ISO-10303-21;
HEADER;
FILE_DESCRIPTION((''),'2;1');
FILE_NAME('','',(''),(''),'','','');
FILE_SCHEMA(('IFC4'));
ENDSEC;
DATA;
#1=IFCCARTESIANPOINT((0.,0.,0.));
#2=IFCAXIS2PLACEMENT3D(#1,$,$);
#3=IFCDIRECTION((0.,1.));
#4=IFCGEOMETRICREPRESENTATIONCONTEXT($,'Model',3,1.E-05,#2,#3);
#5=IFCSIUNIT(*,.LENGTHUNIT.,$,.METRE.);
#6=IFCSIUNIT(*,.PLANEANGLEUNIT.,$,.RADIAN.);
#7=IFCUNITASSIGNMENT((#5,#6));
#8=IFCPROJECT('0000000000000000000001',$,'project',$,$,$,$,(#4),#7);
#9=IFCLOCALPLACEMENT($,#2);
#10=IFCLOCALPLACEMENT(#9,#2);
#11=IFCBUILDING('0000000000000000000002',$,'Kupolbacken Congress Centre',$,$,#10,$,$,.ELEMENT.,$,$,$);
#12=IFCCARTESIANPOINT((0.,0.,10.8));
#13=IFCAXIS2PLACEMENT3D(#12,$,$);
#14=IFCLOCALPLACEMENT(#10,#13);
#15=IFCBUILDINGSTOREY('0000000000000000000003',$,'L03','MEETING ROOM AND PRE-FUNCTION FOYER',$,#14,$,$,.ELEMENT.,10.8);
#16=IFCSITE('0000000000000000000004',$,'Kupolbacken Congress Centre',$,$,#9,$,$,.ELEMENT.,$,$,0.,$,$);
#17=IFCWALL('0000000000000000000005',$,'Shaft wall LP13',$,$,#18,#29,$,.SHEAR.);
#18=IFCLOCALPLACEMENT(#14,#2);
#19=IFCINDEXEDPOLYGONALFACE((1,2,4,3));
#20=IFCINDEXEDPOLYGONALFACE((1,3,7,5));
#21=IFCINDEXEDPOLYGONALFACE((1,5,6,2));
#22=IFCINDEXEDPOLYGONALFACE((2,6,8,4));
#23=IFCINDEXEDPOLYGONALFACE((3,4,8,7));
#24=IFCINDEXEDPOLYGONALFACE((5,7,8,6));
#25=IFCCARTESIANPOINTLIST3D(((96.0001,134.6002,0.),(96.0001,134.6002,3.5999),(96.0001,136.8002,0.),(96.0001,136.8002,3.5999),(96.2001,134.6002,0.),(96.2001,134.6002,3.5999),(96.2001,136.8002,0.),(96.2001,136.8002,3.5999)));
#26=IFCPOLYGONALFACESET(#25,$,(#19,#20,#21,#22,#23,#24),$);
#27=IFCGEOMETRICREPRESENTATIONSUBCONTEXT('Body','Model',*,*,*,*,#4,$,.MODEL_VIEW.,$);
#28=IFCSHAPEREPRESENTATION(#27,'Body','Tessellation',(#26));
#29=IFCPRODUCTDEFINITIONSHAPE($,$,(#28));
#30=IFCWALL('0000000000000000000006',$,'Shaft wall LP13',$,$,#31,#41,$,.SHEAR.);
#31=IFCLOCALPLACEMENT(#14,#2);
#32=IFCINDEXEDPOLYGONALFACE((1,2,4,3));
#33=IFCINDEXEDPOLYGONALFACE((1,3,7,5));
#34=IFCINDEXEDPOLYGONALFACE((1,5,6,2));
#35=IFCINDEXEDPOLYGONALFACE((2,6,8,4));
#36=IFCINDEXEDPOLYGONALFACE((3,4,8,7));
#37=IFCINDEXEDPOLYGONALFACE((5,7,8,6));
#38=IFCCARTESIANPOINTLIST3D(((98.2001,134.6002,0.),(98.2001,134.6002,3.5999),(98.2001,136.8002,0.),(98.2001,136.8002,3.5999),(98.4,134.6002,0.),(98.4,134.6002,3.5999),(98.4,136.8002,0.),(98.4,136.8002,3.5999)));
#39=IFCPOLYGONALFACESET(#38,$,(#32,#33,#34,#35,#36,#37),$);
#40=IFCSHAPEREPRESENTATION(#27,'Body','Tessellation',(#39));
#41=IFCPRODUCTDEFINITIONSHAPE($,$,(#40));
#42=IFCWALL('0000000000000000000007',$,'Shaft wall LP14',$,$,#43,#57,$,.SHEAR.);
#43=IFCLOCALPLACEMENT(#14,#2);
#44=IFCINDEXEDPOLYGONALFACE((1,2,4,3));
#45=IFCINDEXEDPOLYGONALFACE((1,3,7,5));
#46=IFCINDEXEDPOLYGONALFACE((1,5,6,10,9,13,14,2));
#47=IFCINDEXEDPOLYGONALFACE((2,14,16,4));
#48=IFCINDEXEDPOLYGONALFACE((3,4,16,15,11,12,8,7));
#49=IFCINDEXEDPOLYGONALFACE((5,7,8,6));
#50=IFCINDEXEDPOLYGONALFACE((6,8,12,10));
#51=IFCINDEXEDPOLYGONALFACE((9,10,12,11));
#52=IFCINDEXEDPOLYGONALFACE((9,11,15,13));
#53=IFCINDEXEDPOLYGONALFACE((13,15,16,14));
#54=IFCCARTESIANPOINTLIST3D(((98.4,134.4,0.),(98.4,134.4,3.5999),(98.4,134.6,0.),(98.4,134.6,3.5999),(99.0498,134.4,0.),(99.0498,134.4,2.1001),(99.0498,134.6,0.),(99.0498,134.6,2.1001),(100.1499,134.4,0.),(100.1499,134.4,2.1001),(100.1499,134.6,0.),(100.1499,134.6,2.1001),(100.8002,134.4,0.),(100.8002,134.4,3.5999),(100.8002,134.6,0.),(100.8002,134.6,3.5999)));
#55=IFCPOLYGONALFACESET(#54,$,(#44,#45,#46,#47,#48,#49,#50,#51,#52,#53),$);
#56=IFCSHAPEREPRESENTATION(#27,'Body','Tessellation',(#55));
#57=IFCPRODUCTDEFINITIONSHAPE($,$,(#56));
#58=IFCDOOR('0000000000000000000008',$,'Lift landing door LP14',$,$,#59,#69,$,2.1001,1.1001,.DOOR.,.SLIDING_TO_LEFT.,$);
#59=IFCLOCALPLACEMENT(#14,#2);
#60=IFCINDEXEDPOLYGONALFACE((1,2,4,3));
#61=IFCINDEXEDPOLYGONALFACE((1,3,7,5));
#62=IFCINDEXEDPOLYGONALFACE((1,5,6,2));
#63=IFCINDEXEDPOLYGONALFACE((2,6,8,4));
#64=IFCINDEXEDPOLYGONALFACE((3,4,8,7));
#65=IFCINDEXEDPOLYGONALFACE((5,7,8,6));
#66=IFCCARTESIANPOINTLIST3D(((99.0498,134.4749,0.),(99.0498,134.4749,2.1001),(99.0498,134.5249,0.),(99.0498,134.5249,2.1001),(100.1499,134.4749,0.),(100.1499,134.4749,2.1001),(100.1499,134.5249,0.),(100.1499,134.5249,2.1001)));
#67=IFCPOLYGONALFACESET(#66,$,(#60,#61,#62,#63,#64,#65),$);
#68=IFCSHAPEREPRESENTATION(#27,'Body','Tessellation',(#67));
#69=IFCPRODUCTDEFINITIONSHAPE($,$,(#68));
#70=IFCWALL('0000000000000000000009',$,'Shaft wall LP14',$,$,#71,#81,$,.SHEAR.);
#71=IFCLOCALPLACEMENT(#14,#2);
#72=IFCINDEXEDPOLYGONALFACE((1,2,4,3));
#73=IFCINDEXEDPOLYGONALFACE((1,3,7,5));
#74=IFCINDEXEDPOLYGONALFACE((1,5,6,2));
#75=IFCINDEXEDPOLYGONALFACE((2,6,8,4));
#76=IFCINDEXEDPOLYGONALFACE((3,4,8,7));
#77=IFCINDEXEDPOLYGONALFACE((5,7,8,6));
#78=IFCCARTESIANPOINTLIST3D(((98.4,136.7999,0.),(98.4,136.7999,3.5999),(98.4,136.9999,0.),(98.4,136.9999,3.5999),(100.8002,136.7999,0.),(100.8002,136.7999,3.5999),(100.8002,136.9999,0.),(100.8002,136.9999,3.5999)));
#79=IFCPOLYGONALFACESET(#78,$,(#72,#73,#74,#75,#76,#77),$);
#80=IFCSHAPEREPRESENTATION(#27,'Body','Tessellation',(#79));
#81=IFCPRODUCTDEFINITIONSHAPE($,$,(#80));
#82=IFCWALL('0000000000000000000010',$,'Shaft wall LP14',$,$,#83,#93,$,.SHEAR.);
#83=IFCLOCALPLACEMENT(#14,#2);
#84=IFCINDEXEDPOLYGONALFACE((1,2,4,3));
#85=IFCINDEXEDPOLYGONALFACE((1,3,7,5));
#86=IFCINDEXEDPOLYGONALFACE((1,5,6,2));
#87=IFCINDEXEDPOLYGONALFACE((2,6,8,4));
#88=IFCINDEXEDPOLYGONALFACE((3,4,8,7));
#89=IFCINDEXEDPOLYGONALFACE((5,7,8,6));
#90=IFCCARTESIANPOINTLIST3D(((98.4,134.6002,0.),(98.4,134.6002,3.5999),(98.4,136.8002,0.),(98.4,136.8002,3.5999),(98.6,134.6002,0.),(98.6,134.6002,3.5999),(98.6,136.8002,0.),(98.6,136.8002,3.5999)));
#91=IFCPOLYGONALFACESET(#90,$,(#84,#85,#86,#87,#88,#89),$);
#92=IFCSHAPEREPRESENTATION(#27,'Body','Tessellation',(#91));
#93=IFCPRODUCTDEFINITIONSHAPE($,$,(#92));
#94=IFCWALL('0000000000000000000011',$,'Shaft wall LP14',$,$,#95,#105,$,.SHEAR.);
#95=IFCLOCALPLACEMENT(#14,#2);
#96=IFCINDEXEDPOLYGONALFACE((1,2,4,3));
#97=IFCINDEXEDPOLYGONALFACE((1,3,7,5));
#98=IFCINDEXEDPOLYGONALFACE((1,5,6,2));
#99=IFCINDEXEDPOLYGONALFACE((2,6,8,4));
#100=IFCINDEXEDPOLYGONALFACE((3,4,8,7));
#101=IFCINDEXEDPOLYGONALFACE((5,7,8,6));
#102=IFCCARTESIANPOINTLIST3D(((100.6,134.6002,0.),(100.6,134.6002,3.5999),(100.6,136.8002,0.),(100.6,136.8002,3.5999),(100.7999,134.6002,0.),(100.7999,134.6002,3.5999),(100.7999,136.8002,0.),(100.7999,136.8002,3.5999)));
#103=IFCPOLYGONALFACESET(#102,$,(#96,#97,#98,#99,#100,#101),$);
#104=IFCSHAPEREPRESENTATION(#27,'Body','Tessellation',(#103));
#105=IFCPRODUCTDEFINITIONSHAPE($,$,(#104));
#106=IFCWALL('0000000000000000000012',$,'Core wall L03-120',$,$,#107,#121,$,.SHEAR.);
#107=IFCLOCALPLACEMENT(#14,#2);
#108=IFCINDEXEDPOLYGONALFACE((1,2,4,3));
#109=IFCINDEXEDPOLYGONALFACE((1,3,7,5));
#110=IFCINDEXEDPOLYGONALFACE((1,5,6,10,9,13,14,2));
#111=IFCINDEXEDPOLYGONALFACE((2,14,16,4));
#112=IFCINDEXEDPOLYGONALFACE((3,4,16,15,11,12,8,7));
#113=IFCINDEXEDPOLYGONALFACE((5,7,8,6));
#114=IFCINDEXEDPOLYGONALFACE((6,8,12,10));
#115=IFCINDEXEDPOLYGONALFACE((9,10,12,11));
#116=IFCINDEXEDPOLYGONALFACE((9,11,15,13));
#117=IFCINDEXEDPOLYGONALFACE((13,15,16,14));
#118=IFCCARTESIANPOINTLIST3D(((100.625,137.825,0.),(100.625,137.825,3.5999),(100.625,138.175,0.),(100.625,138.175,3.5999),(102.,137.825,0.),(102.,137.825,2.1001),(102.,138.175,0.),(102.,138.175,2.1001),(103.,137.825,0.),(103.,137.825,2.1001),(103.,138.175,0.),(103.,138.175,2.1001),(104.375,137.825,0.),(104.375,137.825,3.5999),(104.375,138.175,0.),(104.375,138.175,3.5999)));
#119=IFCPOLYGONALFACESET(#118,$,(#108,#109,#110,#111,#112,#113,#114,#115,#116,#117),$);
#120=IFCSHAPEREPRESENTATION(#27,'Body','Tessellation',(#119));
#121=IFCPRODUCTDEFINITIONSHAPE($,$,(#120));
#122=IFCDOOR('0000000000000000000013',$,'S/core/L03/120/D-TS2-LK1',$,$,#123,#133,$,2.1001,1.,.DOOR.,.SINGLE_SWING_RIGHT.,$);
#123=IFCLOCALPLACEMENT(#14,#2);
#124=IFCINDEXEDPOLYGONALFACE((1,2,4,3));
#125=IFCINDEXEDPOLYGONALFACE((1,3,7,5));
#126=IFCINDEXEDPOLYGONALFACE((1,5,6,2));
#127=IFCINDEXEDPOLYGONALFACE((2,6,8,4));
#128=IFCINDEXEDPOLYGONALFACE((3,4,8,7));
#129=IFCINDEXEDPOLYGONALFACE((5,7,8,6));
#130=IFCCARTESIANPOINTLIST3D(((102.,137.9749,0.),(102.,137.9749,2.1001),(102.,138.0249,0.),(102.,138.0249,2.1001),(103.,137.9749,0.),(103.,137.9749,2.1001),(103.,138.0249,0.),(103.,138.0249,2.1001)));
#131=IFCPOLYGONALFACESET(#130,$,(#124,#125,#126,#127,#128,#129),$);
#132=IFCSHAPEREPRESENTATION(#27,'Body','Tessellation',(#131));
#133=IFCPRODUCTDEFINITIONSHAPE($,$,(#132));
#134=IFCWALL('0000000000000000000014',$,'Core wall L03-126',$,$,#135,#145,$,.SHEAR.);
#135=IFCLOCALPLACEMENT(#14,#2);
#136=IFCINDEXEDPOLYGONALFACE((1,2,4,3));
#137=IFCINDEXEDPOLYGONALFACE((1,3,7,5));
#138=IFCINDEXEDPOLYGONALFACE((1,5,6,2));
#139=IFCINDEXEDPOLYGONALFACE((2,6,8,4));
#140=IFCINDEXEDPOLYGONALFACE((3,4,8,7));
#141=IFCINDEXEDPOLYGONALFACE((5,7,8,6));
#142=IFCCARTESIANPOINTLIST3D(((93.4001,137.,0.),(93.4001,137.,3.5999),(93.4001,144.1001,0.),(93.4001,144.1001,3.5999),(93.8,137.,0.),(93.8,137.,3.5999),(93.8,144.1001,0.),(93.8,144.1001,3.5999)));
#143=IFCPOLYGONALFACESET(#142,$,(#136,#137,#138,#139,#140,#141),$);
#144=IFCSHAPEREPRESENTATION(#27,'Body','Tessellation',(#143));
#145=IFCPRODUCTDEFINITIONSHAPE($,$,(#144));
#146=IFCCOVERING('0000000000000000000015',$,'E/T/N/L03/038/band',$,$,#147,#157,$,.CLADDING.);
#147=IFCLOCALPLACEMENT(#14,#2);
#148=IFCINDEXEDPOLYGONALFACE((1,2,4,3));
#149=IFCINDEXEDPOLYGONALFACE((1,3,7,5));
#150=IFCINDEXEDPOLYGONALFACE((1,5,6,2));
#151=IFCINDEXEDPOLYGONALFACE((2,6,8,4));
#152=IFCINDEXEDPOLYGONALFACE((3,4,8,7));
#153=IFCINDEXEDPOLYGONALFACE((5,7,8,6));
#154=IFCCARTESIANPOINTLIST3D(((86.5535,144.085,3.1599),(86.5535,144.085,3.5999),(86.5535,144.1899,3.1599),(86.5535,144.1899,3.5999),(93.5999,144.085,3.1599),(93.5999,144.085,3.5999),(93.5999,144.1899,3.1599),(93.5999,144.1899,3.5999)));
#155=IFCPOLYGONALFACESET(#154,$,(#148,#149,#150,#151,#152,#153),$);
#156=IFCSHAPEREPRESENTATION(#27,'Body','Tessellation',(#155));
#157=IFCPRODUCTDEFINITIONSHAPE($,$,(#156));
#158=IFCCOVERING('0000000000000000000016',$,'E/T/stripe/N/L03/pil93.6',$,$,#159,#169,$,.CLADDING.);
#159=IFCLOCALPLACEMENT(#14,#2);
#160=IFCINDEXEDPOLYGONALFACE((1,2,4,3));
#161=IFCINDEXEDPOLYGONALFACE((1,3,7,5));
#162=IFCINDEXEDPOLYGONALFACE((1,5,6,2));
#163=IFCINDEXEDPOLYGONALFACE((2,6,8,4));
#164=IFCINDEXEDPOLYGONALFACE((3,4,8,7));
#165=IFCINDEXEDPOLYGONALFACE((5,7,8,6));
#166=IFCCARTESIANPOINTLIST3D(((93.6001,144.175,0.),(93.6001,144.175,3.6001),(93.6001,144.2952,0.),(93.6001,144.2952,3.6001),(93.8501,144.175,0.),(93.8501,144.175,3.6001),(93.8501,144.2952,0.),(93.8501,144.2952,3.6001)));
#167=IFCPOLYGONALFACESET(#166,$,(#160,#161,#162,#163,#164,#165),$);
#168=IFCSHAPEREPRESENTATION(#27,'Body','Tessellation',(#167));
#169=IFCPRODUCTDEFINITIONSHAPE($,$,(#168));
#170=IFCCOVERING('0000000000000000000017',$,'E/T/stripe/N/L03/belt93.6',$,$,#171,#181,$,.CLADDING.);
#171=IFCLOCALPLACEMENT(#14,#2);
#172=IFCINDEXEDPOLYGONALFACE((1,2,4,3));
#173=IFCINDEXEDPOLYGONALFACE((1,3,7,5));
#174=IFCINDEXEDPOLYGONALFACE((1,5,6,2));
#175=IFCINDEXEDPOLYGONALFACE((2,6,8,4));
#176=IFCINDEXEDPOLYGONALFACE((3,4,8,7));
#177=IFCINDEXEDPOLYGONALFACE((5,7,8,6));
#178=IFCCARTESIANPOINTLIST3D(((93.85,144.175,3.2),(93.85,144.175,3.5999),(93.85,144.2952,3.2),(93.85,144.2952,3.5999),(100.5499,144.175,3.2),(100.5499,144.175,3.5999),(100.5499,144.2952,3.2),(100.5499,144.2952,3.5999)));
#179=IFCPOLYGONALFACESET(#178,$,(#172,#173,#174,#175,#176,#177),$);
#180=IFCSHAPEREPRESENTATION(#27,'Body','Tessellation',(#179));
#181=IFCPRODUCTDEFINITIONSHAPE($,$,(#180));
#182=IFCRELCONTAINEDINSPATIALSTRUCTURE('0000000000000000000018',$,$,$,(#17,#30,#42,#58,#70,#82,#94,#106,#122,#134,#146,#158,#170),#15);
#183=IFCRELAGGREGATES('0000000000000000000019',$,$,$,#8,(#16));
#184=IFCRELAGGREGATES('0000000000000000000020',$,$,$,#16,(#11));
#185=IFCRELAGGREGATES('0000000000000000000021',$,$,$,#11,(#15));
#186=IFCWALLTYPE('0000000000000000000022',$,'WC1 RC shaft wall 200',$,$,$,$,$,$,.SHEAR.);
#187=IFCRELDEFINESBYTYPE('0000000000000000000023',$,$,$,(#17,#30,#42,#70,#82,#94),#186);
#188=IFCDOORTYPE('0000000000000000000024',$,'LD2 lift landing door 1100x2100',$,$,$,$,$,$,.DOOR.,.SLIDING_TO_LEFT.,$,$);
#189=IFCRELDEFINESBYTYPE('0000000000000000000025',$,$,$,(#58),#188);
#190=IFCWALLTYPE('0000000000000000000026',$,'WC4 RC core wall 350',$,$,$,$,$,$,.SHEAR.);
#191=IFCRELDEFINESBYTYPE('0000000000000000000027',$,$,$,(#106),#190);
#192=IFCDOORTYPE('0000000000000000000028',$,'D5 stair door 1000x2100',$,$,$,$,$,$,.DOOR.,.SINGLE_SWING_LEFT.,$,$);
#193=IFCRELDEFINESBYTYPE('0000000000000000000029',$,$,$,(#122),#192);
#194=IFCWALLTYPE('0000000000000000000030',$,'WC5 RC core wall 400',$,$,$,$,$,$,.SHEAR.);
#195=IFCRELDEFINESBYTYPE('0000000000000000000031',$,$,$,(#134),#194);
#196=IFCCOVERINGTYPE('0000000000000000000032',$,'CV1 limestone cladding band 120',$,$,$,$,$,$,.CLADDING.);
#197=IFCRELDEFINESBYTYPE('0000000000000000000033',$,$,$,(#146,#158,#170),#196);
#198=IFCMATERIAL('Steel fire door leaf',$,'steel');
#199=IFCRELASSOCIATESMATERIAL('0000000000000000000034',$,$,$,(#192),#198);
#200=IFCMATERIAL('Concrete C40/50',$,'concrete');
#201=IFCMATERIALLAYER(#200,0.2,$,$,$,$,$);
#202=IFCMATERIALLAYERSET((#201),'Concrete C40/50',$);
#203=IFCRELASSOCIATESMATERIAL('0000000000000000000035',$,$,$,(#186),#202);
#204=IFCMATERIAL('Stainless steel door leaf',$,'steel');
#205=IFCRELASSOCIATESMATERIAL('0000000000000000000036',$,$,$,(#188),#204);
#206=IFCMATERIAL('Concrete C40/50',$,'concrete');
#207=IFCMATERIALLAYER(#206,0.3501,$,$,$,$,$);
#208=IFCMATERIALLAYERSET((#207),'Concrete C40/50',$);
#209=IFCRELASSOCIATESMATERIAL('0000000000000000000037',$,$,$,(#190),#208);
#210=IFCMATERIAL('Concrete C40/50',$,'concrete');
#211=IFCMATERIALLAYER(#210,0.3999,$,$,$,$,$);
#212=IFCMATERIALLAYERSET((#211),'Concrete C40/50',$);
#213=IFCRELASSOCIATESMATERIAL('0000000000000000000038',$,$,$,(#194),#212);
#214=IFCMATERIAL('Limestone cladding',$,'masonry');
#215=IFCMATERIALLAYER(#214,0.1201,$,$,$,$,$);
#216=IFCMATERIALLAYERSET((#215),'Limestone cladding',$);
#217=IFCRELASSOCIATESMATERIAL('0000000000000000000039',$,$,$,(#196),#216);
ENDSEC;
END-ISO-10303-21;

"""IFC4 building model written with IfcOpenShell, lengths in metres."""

from ifc_helpers import new_model, si_unit, direction, frame, frame_2d, origin, origin_2d, place, context, subcontext, project, spatial, rectangle, extrude, material, layer, layer_set, type_object, element, fill, save


model = new_model("IFC4")

# Units and contexts
model_context = context("Model", 3, precision=1e-05, world=origin(), true_north=direction((0.0, 1.0)))
body_context = subcontext(model_context, "Body", "Model", "MODEL_VIEW")
ifc_project = project(units=[si_unit("LENGTHUNIT", "METRE"), si_unit("PLANEANGLEUNIT", "RADIAN")], contexts=[model_context])

# Site, building, storey
site_placement = place(None, origin())
site = spatial("IfcSite", under=ifc_project, at=site_placement, Name="Kupolbacken Congress Centre", CompositionType="ELEMENT", RefElevation=0.0)
building_placement = place(site_placement, origin())
building = spatial("IfcBuilding", under=site, at=building_placement, Name="Kupolbacken Congress Centre", CompositionType="ELEMENT")
storey_placement = place(building_placement, frame((0.0, 0.0, 10.8)))
storey = spatial("IfcBuildingStorey", under=building, at=storey_placement, Name="L03", Description="MEETING ROOM AND PRE-FUNCTION FOYER", CompositionType="ELEMENT", Elevation=10.8)

# Shared definitions
ifc_material_1 = material(Name="Steel fire door leaf", Category="steel")
door_type_1 = type_object("IfcDoorType", Name="D5 stair door 1000x2100", OperationType="SINGLE_SWING_LEFT", PredefinedType="DOOR", material=ifc_material_1)
ifc_material_2 = material(Name="Concrete C40/50", Category="concrete")
ifc_layer_1 = layer(ifc_material_2, 0.2)
ifc_layer_set_1 = layer_set([ifc_layer_1], Name="Concrete C40/50")
wall_type_1 = type_object("IfcWallType", Name="WC1 RC shaft wall 200", PredefinedType="SHEAR", material=ifc_layer_set_1)
ifc_material_3 = material(Name="Stainless steel door leaf", Category="steel")
door_type_2 = type_object("IfcDoorType", Name="LD2 lift landing door 1100x2100", OperationType="SLIDING_TO_LEFT", PredefinedType="DOOR", material=ifc_material_3)

# Walls
for number, where, z_axis, x_axis, name in (
    (1, (96.1001, 134.6001, 0.0), (0.0, 0.0, 1.0), (0.0, 1.0, 0.0), "Shaft wall LP13"),
    (2, (98.3, 134.6001, 0.0), (0.0, 0.0, 1.0), (0.0, 1.0, 0.0), "Shaft wall LP13"),
):
    element("IfcWall", number, at=place(storey_placement, frame(where, z_axis=z_axis, x_axis=x_axis)), inside=storey, type_object=wall_type_1, Name=name, PredefinedType="SHEAR", context=body_context, shape_type="SweptSolid", body=[
        extrude(rectangle(XDim=2.2, YDim=0.2, at=frame_2d((1.1001, 0.0))), origin(), (0.0, 0.0, 1.0), 3.5999),
    ])

# Wall, opening, door
wall_1_placement = place(storey_placement, frame((98.3999, 134.5, 0.0), z_axis=(0.0, 0.0, 1.0), x_axis=(1.0, 0.0, 0.0)))
wall_1 = element("IfcWall", 3, at=wall_1_placement, inside=storey, type_object=wall_type_1, Name="Shaft wall LP14", PredefinedType="SHEAR", context=body_context, shape_type="SweptSolid", body=[
    extrude(rectangle(XDim=2.4001, YDim=0.2, at=frame_2d((1.2002, 0.0))), origin(), (0.0, 0.0, 1.0), 3.5999),
])
opening_1_placement = place(wall_1_placement, frame((0.6499, 0.0, 0.0)))
opening_1 = element("IfcOpeningElement", 4, at=opening_1_placement, cuts=wall_1, PredefinedType="OPENING", context=body_context, shape_type="SweptSolid", body=[
    extrude(rectangle(XDim=1.1001, YDim=2.1001, at=frame_2d((0.55, 1.05))), frame((0.0, 0.1099, 0.0), z_axis=(0.0, -1.0, 0.0), x_axis=(1.0, 0.0, 0.0)), (0.0, 0.0, 1.0), 0.22),
])
door_1_placement = place(opening_1_placement, origin())
door_1 = element("IfcDoor", 5, at=door_1_placement, inside=storey, type_object=door_type_2, Name="Lift landing door LP14", OperationType="SLIDING_TO_LEFT", OverallHeight=2.1001, OverallWidth=1.1001, PredefinedType="DOOR", context=body_context, shape_type="SweptSolid", body=[
    extrude(rectangle(XDim=1.1001, YDim=2.1001, at=frame_2d((0.55, 1.05))), frame((0.0, 0.0249, 0.0), z_axis=(0.0, -1.0, 0.0), x_axis=(1.0, 0.0, 0.0)), (0.0, 0.0, 1.0), 0.05),
])
fill(opening_1, door_1)

# Walls
wall_2_placement = place(storey_placement, frame((98.3999, 136.8999, 0.0), z_axis=(0.0, 0.0, 1.0), x_axis=(1.0, 0.0, 0.0)))
element("IfcWall", 6, at=wall_2_placement, inside=storey, type_object=wall_type_1, Name="Shaft wall LP14", PredefinedType="SHEAR", context=body_context, shape_type="SweptSolid", body=[
    extrude(rectangle(XDim=2.4001, YDim=0.2, at=frame_2d((1.2002, 0.0))), origin(), (0.0, 0.0, 1.0), 3.5999),
])
for number, where, z_axis, x_axis, name in (
    (7, (98.5, 134.6001, 0.0), (0.0, 0.0, 1.0), (0.0, 1.0, 0.0), "Shaft wall LP14"),
    (8, (100.7, 134.6001, 0.0), (0.0, 0.0, 1.0), (0.0, 1.0, 0.0), "Shaft wall LP14"),
):
    element("IfcWall", number, at=place(storey_placement, frame(where, z_axis=z_axis, x_axis=x_axis)), inside=storey, type_object=wall_type_1, Name=name, PredefinedType="SHEAR", context=body_context, shape_type="SweptSolid", body=[
        extrude(rectangle(XDim=2.2, YDim=0.2, at=frame_2d((1.1001, 0.0))), origin(), (0.0, 0.0, 1.0), 3.5999),
    ])

# Wall, opening, door
ifc_material_4 = material(Name="Concrete C40/50", Category="concrete")
ifc_layer_2 = layer(ifc_material_4, 0.3501)
ifc_layer_set_2 = layer_set([ifc_layer_2], Name="Concrete C40/50")
wall_type_2 = type_object("IfcWallType", Name="WC4 RC core wall 350", PredefinedType="SHEAR", material=ifc_layer_set_2)
wall_3_placement = place(storey_placement, frame((100.625, 138.0, 0.0), z_axis=(0.0, 0.0, 1.0), x_axis=(1.0, 0.0, 0.0)))
wall_3 = element("IfcWall", 9, at=wall_3_placement, inside=storey, type_object=wall_type_2, Name="Core wall L03-120", PredefinedType="SHEAR", context=body_context, shape_type="SweptSolid", body=[
    extrude(rectangle(XDim=3.75, YDim=0.3501, at=frame_2d((1.875, 0.0))), origin(), (0.0, 0.0, 1.0), 3.5999),
])
opening_2_placement = place(wall_3_placement, frame((1.375, 0.0, 0.0)))
opening_2 = element("IfcOpeningElement", 10, at=opening_2_placement, cuts=wall_3, PredefinedType="OPENING", context=body_context, shape_type="SweptSolid", body=[
    extrude(rectangle(XDim=1.0, YDim=2.1001, at=frame_2d((0.5, 1.05))), frame((0.0, 0.1851, 0.0), z_axis=(0.0, -1.0, 0.0), x_axis=(1.0, 0.0, 0.0)), (0.0, 0.0, 1.0), 0.3701),
])
door_2_placement = place(opening_2_placement, origin())
door_2 = element("IfcDoor", 11, at=door_2_placement, inside=storey, type_object=door_type_1, Name="S/core/L03/120/D-TS2-LK1", OperationType="SINGLE_SWING_RIGHT", OverallHeight=2.1001, OverallWidth=1.0, PredefinedType="DOOR", context=body_context, shape_type="SweptSolid", body=[
    extrude(rectangle(XDim=1.0, YDim=2.1001, at=frame_2d((0.5, 1.05))), frame((0.0, 0.0249, 0.0), z_axis=(0.0, -1.0, 0.0), x_axis=(1.0, 0.0, 0.0)), (0.0, 0.0, 1.0), 0.05),
])
fill(opening_2, door_2)

# Wall
ifc_material_5 = material(Name="Concrete C40/50", Category="concrete")
ifc_layer_3 = layer(ifc_material_5, 0.3999)
ifc_layer_set_3 = layer_set([ifc_layer_3], Name="Concrete C40/50")
wall_type_3 = type_object("IfcWallType", Name="WC5 RC core wall 400", PredefinedType="SHEAR", material=ifc_layer_set_3)
wall_4_placement = place(storey_placement, frame((93.6001, 144.1001, 0.0), z_axis=(0.0, 0.0, 1.0), x_axis=(0.0, -1.0, 0.0)))
element("IfcWall", 12, at=wall_4_placement, inside=storey, type_object=wall_type_3, Name="Core wall L03-126", PredefinedType="SHEAR", context=body_context, shape_type="SweptSolid", body=[
    extrude(rectangle(XDim=7.1001, YDim=0.3999, at=frame_2d((3.55, 0.0))), origin(), (0.0, 0.0, 1.0), 3.5999),
])

# Coverings
ifc_material_6 = material(Name="Limestone cladding", Category="masonry")
ifc_layer_4 = layer(ifc_material_6, 0.1201)
ifc_layer_set_4 = layer_set([ifc_layer_4], Name="Limestone cladding")
covering_type = type_object("IfcCoveringType", Name="CV1 limestone cladding band 120", PredefinedType="CLADDING", material=ifc_layer_set_4)
covering_1_placement = place(storey_placement, frame((90.0767, 144.1375, 3.1599), z_axis=(0.0, 0.0, 1.0), x_axis=(-1.0, 0.0, 0.0)))
element("IfcCovering", 13, at=covering_1_placement, inside=storey, type_object=covering_type, Name="E/T/N/L03/038/band", PredefinedType="CLADDING", context=body_context, shape_type="SweptSolid", body=[
    extrude(rectangle(XDim=7.0464, YDim=0.105, at=origin_2d()), origin(), (0.0, 0.0, 1.0), 0.4399),
])
covering_2_placement = place(storey_placement, frame((93.7251, 144.2351, 0.0), z_axis=(0.0, 0.0, 1.0), x_axis=(1.0, 0.0, 0.0)))
element("IfcCovering", 14, at=covering_2_placement, inside=storey, type_object=covering_type, Name="E/T/stripe/N/L03/pil93.6", PredefinedType="CLADDING", context=body_context, shape_type="SweptSolid", body=[
    extrude(rectangle(XDim=0.25, YDim=0.1201, at=origin_2d()), origin(), (0.0, 0.0, 1.0), 3.6001),
])
covering_3_placement = place(storey_placement, frame((97.2, 144.2351, 3.2), z_axis=(0.0, 0.0, 1.0), x_axis=(1.0, 0.0, 0.0)))
element("IfcCovering", 15, at=covering_3_placement, inside=storey, type_object=covering_type, Name="E/T/stripe/N/L03/belt93.6", PredefinedType="CLADDING", context=body_context, shape_type="SweptSolid", body=[
    extrude(rectangle(XDim=6.7, YDim=0.1201, at=origin_2d()), origin(), (0.0, 0.0, 1.0), 0.3999),
])

save(model, "model.ifc")
